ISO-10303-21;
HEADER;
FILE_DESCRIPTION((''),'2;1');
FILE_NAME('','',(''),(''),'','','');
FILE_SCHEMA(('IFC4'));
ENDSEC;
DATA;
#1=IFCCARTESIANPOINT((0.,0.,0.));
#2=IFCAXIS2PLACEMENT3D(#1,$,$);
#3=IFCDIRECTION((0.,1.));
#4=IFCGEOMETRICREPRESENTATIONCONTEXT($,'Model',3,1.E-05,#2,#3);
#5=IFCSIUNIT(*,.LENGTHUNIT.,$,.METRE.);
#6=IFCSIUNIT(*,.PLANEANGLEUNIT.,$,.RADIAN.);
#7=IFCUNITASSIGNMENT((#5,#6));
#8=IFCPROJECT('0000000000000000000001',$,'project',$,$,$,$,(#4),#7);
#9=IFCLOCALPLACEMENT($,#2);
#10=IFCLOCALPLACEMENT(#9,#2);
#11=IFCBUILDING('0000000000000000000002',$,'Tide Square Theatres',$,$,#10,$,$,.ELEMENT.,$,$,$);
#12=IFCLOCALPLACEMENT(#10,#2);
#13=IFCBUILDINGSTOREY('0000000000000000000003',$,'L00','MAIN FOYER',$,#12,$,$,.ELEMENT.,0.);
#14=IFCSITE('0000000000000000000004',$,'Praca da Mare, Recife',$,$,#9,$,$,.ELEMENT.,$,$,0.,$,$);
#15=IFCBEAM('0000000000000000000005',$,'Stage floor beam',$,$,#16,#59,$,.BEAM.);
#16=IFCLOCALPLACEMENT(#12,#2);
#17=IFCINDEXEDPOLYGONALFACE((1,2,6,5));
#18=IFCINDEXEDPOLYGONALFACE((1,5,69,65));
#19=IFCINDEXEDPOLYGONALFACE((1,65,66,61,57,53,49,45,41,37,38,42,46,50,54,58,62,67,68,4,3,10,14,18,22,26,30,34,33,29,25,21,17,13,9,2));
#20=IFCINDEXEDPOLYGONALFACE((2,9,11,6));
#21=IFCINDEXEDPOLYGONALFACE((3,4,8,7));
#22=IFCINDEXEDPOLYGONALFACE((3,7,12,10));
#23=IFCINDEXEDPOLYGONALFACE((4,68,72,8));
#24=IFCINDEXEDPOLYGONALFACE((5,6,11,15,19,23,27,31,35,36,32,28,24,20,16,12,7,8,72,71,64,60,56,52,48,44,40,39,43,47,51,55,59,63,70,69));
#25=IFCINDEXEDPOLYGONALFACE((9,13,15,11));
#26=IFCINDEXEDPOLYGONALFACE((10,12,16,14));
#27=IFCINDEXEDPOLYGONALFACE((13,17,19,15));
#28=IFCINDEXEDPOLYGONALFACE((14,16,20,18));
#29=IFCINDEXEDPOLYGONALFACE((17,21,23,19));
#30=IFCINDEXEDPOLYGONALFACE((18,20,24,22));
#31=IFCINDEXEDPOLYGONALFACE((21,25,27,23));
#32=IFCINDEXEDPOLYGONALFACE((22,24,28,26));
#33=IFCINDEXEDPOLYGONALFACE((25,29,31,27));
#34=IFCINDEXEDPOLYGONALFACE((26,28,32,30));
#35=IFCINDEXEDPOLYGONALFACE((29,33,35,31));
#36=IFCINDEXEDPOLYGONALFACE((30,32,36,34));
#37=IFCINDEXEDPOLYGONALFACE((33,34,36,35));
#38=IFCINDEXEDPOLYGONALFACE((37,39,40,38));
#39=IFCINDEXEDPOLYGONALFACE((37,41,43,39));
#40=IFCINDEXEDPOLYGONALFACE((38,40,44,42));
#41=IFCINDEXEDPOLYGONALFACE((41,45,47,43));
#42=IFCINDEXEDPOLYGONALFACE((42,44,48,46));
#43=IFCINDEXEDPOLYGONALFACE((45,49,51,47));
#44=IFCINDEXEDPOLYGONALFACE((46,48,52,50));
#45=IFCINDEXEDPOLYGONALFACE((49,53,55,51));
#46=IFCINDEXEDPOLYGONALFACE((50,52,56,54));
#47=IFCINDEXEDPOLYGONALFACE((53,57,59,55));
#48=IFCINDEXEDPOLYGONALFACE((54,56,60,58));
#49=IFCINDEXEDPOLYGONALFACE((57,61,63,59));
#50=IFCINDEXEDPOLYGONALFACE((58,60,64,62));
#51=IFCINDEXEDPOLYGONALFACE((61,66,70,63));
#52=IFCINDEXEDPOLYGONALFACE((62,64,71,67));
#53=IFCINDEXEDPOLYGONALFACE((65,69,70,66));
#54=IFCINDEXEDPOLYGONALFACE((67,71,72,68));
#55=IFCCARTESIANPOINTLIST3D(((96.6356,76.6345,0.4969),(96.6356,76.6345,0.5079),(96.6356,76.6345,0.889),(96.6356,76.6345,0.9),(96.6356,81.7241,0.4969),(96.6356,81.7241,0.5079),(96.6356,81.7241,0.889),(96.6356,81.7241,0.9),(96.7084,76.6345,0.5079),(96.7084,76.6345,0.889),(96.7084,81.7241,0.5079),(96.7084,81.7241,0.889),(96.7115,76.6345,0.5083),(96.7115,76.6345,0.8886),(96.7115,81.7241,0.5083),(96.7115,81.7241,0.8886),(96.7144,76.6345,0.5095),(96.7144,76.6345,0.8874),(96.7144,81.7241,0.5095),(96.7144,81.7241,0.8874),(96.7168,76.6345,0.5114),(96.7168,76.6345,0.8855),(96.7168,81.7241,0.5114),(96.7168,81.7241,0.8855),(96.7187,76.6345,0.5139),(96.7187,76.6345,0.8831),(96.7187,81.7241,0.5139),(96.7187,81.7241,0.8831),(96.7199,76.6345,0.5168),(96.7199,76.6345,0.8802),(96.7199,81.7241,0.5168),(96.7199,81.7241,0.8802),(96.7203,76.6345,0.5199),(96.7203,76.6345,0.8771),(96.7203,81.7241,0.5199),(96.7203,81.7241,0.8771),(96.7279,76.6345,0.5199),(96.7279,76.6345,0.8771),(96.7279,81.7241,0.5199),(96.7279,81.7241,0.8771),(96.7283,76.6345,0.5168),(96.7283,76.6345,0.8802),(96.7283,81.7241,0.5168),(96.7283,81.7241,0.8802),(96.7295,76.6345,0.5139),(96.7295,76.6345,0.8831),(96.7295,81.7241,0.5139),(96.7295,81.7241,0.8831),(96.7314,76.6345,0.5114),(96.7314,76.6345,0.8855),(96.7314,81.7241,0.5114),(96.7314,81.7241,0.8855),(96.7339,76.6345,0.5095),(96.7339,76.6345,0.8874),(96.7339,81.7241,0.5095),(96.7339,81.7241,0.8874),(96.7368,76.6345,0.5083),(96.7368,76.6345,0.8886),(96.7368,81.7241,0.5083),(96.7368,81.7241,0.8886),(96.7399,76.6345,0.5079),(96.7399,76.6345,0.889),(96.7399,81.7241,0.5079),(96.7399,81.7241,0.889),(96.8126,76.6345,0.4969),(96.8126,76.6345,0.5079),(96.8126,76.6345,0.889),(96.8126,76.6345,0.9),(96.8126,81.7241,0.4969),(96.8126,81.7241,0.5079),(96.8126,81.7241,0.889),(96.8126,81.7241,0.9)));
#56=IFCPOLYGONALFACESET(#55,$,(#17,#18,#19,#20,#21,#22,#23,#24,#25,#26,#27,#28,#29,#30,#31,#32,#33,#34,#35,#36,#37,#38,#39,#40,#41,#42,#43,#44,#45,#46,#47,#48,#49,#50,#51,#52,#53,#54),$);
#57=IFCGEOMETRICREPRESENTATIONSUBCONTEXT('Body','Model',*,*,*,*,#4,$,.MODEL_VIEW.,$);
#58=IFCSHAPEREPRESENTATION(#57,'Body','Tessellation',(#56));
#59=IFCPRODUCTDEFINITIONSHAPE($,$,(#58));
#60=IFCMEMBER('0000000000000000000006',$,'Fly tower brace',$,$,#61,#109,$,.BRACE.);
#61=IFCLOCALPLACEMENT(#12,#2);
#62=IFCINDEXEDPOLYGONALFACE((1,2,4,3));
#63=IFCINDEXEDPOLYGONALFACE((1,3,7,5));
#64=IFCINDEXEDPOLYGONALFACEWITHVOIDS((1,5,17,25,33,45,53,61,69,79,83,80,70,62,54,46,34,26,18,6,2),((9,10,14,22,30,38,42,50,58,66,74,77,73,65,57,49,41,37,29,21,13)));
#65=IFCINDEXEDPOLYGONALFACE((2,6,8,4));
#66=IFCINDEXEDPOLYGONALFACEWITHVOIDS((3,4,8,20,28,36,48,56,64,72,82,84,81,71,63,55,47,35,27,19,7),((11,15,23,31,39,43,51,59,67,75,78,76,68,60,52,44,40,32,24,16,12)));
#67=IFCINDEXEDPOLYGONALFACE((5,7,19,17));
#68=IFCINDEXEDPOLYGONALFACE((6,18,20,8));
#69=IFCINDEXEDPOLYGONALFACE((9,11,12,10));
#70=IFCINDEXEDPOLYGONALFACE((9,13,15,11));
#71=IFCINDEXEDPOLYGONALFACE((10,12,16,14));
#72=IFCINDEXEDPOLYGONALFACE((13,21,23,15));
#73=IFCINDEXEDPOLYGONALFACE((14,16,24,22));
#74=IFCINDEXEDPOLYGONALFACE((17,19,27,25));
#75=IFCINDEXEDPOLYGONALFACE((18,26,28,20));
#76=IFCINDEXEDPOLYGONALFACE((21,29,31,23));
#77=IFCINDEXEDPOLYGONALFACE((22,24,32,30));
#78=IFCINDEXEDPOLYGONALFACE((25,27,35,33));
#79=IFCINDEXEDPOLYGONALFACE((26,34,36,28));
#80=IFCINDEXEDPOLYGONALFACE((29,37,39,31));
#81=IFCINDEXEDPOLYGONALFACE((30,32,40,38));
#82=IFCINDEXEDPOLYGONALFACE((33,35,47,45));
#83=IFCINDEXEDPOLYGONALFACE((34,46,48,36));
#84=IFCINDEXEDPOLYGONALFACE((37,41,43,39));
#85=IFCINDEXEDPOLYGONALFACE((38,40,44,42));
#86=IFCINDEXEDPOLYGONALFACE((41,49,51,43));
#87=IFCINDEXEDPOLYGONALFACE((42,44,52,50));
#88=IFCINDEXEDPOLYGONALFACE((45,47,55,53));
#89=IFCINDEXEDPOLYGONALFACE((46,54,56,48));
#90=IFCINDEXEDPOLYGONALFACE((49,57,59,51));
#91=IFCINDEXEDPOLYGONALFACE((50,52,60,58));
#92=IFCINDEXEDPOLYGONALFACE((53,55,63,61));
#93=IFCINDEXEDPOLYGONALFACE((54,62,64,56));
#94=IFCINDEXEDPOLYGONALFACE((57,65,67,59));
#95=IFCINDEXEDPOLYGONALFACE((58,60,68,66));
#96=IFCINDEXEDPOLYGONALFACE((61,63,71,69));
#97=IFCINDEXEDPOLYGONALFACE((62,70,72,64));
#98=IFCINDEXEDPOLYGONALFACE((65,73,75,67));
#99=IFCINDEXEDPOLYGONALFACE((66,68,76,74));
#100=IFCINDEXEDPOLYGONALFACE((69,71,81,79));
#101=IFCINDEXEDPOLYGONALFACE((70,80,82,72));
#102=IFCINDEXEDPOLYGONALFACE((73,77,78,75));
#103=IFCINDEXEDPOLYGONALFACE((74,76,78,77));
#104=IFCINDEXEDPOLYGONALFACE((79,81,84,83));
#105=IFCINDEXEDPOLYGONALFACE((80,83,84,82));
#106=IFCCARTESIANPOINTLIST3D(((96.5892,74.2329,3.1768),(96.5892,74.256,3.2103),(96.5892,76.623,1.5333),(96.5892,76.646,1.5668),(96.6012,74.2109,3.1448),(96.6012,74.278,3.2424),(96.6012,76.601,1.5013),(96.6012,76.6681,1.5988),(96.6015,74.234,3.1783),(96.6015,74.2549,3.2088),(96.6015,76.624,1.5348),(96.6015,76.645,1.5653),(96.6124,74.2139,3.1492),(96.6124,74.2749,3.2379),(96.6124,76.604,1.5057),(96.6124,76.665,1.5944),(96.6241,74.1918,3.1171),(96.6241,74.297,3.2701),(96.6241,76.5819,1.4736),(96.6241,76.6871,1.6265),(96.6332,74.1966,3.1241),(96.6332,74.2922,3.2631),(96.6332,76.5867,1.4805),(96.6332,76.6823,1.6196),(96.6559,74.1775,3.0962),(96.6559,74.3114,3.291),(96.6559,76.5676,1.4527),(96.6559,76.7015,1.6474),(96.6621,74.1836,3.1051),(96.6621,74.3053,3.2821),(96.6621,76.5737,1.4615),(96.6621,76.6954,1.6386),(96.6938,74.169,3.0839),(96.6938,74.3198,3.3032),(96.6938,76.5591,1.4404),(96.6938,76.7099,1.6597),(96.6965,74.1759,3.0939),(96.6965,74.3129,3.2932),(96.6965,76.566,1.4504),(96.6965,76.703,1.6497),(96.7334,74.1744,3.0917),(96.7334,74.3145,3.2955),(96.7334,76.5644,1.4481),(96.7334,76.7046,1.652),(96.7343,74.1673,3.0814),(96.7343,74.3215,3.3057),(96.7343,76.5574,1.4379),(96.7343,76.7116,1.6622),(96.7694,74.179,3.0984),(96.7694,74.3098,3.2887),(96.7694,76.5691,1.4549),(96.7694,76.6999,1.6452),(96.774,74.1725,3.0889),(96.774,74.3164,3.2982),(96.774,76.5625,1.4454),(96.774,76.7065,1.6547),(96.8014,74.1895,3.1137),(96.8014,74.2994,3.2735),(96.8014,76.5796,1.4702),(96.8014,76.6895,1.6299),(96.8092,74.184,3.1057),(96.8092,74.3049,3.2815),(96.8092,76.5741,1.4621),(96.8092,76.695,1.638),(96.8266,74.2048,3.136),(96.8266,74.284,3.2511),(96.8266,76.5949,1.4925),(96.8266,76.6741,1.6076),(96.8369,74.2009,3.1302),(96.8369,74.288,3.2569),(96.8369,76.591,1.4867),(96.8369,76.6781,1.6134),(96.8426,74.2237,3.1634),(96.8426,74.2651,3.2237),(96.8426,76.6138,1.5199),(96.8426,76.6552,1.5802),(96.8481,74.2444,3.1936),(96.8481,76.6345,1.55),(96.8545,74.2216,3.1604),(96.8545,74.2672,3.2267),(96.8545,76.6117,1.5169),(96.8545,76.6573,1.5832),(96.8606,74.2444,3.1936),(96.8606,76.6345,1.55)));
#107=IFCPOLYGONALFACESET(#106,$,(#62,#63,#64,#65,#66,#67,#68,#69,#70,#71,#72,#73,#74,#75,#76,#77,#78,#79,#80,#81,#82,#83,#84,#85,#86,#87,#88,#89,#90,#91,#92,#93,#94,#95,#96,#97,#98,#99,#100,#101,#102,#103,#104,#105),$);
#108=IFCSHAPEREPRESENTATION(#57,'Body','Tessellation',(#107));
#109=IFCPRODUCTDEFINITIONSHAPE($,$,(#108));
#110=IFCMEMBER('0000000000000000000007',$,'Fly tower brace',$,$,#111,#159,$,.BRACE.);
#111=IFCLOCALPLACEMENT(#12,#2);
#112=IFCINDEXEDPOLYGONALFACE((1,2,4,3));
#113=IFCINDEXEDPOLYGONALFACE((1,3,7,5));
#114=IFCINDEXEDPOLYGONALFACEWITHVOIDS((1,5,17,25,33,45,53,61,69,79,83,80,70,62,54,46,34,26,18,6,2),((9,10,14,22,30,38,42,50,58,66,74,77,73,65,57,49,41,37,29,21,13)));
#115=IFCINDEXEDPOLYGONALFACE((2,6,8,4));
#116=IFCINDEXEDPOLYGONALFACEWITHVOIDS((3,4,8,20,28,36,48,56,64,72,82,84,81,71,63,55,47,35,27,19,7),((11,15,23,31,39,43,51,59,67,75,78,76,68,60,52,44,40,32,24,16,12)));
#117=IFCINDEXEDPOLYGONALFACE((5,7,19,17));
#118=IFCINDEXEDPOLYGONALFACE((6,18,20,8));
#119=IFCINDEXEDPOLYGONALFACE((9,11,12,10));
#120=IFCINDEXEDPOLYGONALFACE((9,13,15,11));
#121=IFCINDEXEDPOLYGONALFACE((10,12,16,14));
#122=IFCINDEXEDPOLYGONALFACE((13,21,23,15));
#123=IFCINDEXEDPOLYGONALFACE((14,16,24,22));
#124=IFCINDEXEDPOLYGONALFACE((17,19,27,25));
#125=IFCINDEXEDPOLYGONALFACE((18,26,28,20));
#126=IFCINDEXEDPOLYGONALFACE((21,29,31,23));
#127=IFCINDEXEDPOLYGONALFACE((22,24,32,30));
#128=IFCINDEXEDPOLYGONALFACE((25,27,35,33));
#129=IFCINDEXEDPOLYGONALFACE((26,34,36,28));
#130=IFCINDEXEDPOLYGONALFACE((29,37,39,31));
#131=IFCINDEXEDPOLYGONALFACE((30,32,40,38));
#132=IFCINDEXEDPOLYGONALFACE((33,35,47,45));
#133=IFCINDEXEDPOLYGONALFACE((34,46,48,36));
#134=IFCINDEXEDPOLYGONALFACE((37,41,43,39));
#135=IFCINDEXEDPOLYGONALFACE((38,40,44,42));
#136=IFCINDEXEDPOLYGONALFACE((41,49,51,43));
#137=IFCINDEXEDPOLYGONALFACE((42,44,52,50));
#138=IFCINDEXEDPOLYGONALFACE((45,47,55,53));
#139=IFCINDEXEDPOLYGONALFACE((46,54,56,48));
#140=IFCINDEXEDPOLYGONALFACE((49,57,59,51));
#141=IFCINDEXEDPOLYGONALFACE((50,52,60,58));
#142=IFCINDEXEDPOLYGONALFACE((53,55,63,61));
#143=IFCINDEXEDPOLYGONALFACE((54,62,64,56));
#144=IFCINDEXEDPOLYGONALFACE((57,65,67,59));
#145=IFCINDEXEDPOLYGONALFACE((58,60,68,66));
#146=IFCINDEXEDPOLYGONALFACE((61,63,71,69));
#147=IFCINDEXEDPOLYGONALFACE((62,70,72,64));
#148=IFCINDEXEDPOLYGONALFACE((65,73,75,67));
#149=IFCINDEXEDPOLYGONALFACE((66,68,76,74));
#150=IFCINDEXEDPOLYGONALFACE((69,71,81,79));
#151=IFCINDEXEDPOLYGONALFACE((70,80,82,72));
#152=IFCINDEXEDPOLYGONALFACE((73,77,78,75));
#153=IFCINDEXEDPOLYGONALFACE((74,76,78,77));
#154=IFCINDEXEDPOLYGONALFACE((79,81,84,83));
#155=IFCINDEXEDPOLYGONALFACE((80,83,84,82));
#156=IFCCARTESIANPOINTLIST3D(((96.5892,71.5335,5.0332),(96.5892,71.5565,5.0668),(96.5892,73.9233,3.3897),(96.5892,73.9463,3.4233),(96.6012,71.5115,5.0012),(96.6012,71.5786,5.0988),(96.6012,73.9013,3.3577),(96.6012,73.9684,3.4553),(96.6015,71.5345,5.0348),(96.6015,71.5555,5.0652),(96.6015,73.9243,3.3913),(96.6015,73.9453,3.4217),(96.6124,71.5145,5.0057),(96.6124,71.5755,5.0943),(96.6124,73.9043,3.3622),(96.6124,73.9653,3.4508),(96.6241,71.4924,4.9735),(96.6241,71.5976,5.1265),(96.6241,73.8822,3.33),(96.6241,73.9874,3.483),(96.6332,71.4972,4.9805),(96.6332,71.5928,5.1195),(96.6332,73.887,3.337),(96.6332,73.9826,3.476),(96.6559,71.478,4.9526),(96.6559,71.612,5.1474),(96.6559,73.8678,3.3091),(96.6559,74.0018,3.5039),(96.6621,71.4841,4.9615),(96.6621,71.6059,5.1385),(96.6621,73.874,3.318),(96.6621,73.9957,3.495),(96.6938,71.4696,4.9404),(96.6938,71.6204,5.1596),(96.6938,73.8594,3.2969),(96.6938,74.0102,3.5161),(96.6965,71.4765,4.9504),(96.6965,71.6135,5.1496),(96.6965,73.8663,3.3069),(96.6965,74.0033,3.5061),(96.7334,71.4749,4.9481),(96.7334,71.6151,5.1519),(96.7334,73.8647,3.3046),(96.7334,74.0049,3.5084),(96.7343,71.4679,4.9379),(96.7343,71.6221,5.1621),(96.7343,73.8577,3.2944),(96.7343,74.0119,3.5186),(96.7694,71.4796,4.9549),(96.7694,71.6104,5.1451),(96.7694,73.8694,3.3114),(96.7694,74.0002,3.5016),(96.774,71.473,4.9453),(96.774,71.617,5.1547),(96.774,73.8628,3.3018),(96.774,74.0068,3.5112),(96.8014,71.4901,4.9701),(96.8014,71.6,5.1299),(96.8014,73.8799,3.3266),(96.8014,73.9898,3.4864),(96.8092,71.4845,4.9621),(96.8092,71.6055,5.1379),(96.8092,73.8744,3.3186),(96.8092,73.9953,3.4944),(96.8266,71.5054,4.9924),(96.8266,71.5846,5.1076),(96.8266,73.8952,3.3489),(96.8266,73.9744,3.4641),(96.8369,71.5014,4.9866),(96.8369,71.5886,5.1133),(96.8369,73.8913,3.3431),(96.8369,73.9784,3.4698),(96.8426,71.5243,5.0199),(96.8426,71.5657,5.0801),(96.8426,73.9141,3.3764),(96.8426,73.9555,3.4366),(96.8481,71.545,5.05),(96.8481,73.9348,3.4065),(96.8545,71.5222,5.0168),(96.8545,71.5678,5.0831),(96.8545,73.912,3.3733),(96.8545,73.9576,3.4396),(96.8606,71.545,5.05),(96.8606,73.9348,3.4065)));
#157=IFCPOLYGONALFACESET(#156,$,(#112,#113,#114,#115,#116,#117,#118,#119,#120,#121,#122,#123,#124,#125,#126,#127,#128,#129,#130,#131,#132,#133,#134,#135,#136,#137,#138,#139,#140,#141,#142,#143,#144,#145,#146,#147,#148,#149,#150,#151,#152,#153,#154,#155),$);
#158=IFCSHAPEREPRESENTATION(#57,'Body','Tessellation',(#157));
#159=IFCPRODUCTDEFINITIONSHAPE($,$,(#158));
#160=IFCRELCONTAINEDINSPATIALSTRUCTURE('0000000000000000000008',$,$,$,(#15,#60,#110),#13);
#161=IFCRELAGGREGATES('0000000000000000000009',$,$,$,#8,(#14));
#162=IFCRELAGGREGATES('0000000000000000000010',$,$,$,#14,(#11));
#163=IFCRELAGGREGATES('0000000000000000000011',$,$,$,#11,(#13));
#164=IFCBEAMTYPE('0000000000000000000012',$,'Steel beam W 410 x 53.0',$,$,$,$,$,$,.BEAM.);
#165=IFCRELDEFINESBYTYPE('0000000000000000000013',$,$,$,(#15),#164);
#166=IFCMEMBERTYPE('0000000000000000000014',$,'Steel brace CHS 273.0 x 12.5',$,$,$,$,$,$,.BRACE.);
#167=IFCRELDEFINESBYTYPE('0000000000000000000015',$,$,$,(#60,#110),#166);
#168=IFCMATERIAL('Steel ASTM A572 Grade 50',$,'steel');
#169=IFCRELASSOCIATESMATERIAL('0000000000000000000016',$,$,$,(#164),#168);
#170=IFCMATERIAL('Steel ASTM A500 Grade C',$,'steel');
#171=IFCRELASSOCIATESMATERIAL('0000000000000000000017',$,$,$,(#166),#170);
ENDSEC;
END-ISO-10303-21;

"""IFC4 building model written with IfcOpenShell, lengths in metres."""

from ifc_helpers import new_model, si_unit, direction, frame, origin, origin_2d, place, context, subcontext, project, spatial, hollow_circle, i_section, extrude, material, material_profile, profile_set, type_object, element, save


model = new_model("IFC4")

# Units and contexts
model_context = context("Model", 3, precision=1e-05, world=origin(), true_north=direction((0.0, 1.0)))
body_context = subcontext(model_context, "Body", "Model", "MODEL_VIEW")
ifc_project = project(units=[si_unit("LENGTHUNIT", "METRE"), si_unit("PLANEANGLEUNIT", "RADIAN")], contexts=[model_context])

# Site, building, storey
site_placement = place(None, origin())
site = spatial("IfcSite", under=ifc_project, at=site_placement, Name="Praca da Mare, Recife", CompositionType="ELEMENT", RefElevation=0.0)
building_placement = place(site_placement, origin())
building = spatial("IfcBuilding", under=site, at=building_placement, Name="Tide Square Theatres", CompositionType="ELEMENT")
storey_placement = place(building_placement, origin())
storey = spatial("IfcBuildingStorey", under=building, at=storey_placement, Name="L00", Description="MAIN FOYER", CompositionType="ELEMENT", Elevation=0.0)

# Beam
ifc_material_1 = material(Name="Steel ASTM A572 Grade 50", Category="steel")
ifc_material_profile_1 = material_profile(ifc_material_1, i_section(OverallWidth=0.177, OverallDepth=0.4031, WebThickness=0.0076, FlangeThickness=0.011, FilletRadius=0.012, at=origin_2d()))
ifc_profile_set_1 = profile_set([ifc_material_profile_1], Name="Steel ASTM A572 Grade 50")
beam_type = type_object("IfcBeamType", Name="Steel beam W 410 x 53.0", PredefinedType="BEAM", material=ifc_profile_set_1)
beam_placement = place(storey_placement, frame((96.7241, 76.6345, 0.6985), z_axis=(0.0, 1.0, 0.0), x_axis=(-1.0, 0.0, 0.0)))
element("IfcBeam", 1, at=beam_placement, inside=storey, type_object=beam_type, Name="Stage floor beam", PredefinedType="BEAM", context=body_context, shape_type="SweptSolid", body=[
    extrude(i_section(OverallWidth=0.177, OverallDepth=0.4031, WebThickness=0.0076, FlangeThickness=0.011, FilletRadius=0.012, at=origin_2d()), origin(), (0.0, 0.0, 1.0), 5.0896),
])

# Members
ifc_material_2 = material(Name="Steel ASTM A500 Grade C", Category="steel")
ifc_material_profile_2 = material_profile(ifc_material_2, hollow_circle(Radius=0.1365, WallThickness=0.0125, at=origin_2d()))
ifc_profile_set_2 = profile_set([ifc_material_profile_2], Name="Steel ASTM A500 Grade C")
member_type = type_object("IfcMemberType", Name="Steel brace CHS 273.0 x 12.5", PredefinedType="BRACE", material=ifc_profile_set_2)
member_1_placement = place(storey_placement, frame((96.7241, 76.6345, 1.55), z_axis=(0.0, -0.823988, 0.566607), x_axis=(1.0, 0.0, 0.0)))
element("IfcMember", 2, at=member_1_placement, inside=storey, type_object=member_type, Name="Fly tower brace", PredefinedType="BRACE", context=body_context, shape_type="SweptSolid", body=[
    extrude(hollow_circle(Radius=0.1365, WallThickness=0.0125, at=origin_2d()), origin(), (0.0, 0.0, 1.0), 2.9006),
])
member_2_placement = place(storey_placement, frame((96.7241, 73.9348, 3.4065), z_axis=(0.0, -0.823961, 0.566647), x_axis=(1.0, 0.0, 0.0)))
element("IfcMember", 3, at=member_2_placement, inside=storey, type_object=member_type, Name="Fly tower brace", PredefinedType="BRACE", context=body_context, shape_type="SweptSolid", body=[
    extrude(hollow_circle(Radius=0.1365, WallThickness=0.0125, at=origin_2d()), origin(), (0.0, 0.0, 1.0), 2.9004),
])

save(model, "model.ifc")
